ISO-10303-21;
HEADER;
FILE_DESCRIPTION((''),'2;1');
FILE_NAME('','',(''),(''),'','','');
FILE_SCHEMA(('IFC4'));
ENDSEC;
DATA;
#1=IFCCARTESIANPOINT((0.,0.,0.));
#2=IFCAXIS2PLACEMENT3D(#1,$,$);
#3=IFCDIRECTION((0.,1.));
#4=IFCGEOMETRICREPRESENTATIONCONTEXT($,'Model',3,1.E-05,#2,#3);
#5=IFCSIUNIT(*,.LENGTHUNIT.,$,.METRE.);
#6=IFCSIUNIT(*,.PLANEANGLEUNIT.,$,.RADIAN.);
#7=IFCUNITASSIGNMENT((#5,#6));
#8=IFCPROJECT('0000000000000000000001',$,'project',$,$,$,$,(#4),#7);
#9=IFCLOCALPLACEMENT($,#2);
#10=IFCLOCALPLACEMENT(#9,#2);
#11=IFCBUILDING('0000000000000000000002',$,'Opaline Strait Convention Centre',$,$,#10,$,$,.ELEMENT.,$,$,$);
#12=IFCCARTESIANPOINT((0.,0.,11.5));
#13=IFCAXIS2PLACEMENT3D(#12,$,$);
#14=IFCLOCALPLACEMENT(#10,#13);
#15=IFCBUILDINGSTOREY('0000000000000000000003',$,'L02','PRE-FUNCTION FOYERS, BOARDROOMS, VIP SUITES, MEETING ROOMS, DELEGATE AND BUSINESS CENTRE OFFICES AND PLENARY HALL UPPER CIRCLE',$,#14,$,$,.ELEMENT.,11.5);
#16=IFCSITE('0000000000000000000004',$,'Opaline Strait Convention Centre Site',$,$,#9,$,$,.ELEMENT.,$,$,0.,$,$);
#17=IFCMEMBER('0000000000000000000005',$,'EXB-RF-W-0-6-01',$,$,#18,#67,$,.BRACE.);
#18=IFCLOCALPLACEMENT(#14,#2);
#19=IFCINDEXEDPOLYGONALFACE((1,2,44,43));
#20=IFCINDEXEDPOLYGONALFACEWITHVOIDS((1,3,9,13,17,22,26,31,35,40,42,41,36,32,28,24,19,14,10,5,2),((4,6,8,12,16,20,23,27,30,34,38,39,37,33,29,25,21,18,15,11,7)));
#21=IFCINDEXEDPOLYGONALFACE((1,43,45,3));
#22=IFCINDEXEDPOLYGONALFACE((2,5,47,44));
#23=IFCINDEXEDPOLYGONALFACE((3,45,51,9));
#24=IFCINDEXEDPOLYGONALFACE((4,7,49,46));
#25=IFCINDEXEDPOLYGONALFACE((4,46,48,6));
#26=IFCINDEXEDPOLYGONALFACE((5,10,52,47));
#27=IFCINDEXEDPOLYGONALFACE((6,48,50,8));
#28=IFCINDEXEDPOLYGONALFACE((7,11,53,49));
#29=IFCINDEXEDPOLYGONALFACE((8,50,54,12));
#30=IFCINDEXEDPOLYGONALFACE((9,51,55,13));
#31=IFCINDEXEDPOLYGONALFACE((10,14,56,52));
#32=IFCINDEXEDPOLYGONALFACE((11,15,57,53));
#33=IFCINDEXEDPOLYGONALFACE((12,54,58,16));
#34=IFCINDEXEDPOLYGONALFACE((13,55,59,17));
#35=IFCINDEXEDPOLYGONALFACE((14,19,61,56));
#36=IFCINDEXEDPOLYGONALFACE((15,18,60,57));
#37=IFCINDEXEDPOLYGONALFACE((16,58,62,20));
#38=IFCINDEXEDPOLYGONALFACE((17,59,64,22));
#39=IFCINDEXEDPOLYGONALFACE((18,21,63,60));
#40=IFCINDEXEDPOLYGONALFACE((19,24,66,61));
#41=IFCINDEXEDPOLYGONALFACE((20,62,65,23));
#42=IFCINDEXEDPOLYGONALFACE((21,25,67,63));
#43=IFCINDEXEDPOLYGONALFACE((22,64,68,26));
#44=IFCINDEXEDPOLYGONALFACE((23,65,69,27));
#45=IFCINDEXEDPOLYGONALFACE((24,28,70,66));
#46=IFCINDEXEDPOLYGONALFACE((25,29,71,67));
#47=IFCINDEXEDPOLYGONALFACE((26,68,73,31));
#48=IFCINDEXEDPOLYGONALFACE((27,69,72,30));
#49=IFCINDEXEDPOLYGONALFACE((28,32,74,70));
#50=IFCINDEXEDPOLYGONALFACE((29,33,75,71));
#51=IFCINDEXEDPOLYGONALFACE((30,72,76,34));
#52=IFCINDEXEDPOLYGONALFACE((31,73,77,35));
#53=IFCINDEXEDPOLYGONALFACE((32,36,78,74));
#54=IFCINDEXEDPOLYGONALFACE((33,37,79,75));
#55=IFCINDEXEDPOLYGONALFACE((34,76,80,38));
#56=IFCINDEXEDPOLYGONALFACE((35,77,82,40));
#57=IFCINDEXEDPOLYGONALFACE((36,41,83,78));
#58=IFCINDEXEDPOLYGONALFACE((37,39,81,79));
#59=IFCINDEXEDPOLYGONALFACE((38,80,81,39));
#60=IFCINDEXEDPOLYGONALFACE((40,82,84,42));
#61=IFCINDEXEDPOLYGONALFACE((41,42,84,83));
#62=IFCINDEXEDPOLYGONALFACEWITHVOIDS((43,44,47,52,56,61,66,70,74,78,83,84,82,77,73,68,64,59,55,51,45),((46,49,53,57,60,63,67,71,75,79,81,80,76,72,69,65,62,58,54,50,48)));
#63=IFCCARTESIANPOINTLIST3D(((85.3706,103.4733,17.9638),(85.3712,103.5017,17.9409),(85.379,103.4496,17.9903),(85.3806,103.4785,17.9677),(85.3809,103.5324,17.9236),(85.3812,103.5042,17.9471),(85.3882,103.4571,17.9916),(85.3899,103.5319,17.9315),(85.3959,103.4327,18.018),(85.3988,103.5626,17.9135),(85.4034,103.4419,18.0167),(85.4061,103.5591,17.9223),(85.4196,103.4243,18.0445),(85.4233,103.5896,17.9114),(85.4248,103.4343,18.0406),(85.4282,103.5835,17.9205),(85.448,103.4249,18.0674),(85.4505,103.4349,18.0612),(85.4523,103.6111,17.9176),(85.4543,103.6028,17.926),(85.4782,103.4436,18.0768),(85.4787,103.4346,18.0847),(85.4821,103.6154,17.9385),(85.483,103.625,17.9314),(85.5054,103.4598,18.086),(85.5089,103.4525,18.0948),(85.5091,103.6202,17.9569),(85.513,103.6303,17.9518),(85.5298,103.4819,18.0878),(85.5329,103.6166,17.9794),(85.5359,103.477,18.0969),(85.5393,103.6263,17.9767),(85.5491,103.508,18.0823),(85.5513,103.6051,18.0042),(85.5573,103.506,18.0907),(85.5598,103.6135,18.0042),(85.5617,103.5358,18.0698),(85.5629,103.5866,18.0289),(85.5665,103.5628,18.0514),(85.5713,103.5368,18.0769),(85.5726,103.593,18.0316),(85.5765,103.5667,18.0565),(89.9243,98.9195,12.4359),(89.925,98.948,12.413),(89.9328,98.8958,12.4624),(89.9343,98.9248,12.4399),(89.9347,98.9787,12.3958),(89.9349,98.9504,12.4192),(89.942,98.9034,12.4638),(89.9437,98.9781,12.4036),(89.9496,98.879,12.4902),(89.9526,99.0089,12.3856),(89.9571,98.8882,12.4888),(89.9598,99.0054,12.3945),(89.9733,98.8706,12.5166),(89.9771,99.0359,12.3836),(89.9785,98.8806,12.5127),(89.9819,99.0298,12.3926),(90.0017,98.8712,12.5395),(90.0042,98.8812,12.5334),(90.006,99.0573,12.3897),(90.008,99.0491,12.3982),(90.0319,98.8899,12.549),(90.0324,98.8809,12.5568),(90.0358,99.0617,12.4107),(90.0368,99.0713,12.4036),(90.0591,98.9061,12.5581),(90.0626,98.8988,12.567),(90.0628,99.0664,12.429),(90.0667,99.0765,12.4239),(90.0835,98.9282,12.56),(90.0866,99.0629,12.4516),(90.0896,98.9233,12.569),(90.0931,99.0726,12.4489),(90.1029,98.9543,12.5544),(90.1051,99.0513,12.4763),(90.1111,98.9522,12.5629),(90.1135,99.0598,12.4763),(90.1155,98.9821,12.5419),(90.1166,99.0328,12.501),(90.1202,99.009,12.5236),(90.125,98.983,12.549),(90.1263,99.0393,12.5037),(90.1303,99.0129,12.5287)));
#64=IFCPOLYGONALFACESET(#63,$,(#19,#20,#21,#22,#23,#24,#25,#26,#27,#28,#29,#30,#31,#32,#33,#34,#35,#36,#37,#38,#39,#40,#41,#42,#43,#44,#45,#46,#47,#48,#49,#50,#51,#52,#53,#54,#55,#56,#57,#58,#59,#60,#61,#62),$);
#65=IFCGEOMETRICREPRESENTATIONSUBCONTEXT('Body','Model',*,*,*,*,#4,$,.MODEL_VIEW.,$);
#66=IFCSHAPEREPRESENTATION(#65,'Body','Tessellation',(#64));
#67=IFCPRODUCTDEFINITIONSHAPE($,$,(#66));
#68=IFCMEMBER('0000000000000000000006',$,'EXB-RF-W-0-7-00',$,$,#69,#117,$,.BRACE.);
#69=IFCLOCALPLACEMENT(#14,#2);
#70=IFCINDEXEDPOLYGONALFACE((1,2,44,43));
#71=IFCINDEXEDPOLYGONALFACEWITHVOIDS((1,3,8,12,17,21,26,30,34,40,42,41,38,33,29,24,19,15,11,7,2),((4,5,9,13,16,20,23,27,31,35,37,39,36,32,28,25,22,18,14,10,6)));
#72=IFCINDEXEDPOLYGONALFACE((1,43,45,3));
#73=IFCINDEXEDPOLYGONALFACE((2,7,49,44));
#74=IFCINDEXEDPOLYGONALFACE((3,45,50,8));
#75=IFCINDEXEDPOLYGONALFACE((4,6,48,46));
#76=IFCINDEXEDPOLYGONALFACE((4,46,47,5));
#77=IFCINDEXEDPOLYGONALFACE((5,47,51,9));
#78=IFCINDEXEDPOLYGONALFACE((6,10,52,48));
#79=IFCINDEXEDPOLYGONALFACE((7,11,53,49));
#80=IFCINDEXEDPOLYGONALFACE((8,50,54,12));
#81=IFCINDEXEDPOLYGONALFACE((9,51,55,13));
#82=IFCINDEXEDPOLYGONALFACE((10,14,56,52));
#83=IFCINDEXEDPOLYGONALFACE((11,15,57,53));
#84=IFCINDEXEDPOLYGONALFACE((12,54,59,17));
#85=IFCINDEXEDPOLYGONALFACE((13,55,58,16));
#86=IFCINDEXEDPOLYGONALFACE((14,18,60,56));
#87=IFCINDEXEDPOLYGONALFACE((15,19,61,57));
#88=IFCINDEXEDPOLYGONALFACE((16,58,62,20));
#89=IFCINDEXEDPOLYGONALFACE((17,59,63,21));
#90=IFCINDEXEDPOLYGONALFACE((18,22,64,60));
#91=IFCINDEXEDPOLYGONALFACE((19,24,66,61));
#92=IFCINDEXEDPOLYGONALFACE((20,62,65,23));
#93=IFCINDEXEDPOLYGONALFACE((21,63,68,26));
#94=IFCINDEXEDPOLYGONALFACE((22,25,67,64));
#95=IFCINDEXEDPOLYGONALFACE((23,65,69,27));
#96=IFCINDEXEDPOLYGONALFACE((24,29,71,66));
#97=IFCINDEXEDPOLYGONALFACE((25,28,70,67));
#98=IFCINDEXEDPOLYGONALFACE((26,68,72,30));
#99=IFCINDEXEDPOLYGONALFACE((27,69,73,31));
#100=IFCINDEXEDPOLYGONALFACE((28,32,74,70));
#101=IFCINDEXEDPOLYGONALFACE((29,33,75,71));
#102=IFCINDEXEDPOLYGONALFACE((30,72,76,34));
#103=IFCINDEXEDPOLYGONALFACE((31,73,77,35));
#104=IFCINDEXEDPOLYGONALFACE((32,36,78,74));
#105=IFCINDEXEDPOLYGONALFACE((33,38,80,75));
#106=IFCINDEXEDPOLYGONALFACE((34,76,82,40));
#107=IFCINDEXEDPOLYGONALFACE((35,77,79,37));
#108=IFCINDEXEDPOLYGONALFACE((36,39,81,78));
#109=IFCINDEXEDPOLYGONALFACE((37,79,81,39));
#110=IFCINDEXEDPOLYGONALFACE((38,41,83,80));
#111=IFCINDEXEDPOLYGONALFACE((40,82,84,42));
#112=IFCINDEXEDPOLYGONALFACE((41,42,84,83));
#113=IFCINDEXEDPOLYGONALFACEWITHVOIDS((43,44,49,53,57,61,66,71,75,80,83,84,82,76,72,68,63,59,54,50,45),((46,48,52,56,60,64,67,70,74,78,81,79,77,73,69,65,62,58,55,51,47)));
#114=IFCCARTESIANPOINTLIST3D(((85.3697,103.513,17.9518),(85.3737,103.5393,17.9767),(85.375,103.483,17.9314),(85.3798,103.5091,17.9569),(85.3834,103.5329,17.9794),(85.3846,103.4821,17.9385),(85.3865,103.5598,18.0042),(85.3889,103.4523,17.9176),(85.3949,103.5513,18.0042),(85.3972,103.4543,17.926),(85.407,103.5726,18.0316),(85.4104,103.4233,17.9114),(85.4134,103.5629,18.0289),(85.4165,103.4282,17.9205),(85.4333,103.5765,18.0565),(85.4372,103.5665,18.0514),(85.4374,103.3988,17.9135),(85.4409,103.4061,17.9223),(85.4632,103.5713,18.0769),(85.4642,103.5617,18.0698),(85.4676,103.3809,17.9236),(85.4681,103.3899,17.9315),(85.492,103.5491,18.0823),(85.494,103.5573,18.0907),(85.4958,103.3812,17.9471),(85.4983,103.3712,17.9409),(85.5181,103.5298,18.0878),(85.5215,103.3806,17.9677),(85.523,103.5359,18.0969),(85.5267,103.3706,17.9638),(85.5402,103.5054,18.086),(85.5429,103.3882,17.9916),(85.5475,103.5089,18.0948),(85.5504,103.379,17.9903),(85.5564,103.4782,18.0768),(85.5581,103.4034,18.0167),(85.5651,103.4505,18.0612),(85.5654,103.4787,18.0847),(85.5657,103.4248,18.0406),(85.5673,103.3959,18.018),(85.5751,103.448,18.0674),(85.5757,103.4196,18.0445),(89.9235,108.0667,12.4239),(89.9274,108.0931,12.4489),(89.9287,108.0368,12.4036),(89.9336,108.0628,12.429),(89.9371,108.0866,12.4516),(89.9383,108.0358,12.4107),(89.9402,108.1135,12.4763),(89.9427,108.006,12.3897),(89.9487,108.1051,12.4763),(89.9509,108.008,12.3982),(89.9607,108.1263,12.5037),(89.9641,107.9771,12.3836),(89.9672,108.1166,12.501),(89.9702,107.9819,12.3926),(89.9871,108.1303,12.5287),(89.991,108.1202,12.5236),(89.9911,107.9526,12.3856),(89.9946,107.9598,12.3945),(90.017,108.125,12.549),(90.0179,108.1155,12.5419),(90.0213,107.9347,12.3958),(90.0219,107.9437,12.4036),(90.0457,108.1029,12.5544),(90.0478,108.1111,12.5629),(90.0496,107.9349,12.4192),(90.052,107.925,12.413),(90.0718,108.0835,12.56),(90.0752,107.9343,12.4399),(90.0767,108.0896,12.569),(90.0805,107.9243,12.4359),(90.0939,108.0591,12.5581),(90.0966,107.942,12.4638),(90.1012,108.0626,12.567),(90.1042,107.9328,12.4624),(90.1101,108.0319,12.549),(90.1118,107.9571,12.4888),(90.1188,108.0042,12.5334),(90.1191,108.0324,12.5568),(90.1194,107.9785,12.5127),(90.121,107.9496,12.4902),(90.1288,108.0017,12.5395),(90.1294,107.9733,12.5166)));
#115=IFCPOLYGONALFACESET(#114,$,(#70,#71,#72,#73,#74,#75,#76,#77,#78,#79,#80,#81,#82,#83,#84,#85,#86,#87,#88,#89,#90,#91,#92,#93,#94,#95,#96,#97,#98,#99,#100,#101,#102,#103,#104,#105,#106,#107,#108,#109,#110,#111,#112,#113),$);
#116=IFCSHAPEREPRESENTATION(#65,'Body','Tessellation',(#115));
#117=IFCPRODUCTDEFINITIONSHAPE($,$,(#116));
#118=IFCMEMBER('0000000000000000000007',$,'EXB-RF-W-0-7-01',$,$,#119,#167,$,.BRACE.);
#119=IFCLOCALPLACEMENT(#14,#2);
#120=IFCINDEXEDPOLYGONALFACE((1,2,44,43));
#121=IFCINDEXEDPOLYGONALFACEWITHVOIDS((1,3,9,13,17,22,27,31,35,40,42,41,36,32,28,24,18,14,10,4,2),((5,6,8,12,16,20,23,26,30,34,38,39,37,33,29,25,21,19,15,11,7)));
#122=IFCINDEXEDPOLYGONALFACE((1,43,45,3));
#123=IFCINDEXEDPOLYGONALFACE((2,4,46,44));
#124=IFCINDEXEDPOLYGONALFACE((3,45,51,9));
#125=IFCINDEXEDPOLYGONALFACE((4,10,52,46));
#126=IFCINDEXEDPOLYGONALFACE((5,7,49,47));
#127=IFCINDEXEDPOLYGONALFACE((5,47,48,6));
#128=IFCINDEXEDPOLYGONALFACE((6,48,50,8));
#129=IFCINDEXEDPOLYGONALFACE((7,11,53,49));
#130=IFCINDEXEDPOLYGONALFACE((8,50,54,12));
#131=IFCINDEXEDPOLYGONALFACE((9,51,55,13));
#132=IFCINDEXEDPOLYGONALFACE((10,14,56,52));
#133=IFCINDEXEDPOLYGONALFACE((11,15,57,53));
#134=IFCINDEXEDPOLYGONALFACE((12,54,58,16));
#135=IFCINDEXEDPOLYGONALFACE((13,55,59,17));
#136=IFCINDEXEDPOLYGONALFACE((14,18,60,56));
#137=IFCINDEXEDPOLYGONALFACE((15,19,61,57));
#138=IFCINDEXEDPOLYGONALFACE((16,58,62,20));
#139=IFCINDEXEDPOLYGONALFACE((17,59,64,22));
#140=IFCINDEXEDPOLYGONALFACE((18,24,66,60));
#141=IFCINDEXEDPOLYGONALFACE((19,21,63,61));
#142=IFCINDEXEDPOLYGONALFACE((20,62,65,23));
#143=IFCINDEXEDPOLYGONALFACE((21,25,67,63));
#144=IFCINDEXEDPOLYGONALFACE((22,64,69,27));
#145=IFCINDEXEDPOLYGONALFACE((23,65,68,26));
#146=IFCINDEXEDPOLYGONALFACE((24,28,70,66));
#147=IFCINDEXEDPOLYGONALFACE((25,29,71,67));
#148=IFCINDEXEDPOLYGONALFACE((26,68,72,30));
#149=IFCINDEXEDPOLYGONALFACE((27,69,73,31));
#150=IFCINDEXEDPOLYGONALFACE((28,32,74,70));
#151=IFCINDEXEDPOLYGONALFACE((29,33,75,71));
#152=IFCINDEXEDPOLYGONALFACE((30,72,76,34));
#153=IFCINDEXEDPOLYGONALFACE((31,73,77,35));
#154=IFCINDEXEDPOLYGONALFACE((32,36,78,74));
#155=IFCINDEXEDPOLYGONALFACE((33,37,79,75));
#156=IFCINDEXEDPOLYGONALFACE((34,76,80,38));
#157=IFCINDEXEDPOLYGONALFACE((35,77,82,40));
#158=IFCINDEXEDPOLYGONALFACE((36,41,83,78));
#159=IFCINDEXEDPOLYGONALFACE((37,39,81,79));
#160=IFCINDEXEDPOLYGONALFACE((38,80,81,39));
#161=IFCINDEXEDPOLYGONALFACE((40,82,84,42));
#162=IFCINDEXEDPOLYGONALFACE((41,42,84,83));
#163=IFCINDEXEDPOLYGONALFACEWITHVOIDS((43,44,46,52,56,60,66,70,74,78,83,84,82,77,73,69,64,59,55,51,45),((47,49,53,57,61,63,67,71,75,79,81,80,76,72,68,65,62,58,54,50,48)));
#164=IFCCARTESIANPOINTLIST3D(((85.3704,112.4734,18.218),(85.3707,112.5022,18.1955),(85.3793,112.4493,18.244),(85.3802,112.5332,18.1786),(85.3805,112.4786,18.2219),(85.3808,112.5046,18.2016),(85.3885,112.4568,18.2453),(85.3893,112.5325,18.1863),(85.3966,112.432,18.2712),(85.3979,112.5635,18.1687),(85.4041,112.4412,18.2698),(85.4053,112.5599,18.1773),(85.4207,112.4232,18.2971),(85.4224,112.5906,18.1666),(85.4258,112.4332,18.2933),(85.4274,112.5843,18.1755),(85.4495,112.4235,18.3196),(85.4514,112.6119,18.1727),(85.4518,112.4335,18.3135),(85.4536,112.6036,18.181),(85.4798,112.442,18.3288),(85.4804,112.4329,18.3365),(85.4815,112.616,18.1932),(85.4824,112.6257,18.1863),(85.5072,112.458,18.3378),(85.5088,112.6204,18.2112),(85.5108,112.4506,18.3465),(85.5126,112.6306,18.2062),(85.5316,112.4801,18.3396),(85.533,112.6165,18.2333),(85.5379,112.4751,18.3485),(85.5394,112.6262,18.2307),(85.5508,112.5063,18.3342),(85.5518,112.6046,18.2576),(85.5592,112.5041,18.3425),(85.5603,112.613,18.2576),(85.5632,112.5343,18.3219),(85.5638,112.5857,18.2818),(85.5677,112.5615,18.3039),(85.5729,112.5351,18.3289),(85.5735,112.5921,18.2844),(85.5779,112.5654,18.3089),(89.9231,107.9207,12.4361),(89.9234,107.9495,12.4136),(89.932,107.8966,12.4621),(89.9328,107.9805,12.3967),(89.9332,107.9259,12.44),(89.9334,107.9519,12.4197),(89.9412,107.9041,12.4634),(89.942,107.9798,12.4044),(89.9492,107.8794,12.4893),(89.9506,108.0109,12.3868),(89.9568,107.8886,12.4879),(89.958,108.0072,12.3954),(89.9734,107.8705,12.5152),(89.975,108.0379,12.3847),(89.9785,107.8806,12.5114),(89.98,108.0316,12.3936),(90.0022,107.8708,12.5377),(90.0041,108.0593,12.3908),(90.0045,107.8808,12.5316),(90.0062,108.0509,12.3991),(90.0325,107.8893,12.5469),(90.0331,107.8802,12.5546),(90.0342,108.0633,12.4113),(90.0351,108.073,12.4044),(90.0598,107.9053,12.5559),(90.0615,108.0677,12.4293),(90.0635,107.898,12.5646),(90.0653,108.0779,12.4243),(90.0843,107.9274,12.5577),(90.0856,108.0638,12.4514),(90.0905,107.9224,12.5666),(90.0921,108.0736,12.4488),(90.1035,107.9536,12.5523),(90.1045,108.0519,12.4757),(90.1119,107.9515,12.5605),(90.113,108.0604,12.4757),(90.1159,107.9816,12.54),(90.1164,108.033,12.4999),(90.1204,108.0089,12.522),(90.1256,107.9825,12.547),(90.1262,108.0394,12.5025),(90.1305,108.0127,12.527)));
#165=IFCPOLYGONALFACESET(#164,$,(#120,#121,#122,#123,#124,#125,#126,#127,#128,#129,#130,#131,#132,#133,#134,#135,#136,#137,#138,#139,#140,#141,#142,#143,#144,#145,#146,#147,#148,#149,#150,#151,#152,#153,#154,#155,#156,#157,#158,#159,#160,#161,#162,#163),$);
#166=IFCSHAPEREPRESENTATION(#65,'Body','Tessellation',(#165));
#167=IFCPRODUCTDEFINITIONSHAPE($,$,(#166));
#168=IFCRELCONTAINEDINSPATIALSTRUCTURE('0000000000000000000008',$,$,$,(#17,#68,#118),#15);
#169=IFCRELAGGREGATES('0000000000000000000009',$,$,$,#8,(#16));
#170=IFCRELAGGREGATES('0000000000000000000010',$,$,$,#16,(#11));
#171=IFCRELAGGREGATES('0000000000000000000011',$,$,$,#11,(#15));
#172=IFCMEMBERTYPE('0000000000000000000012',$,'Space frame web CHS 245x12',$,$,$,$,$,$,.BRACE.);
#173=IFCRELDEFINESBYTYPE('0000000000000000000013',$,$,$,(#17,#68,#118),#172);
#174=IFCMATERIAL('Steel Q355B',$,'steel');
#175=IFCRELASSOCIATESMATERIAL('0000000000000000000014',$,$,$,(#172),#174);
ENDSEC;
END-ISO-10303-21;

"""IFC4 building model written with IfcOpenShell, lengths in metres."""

from ifc_helpers import new_model, si_unit, direction, frame, origin, origin_2d, place, context, subcontext, project, spatial, hollow_circle, extrude, material, material_profile, profile_set, type_object, element, save


model = new_model("IFC4")

# Units and contexts
model_context = context("Model", 3, precision=1e-05, world=origin(), true_north=direction((0.0, 1.0)))
body_context = subcontext(model_context, "Body", "Model", "MODEL_VIEW")
ifc_project = project(units=[si_unit("LENGTHUNIT", "METRE"), si_unit("PLANEANGLEUNIT", "RADIAN")], contexts=[model_context])

# Site, building, storey
site_placement = place(None, origin())
site = spatial("IfcSite", under=ifc_project, at=site_placement, Name="Opaline Strait Convention Centre Site", CompositionType="ELEMENT", RefElevation=0.0)
building_placement = place(site_placement, origin())
building = spatial("IfcBuilding", under=site, at=building_placement, Name="Opaline Strait Convention Centre", CompositionType="ELEMENT")
storey_placement = place(building_placement, frame((0.0, 0.0, 11.5)))
storey = spatial("IfcBuildingStorey", under=building, at=storey_placement, Name="L02", Description="PRE-FUNCTION FOYERS, BOARDROOMS, VIP SUITES, MEETING ROOMS, DELEGATE AND BUSINESS CENTRE OFFICES AND PLENARY HALL UPPER CIRCLE", CompositionType="ELEMENT", Elevation=11.5)

# Members
ifc_material_1 = material(Name="Steel Q355B", Category="steel")
ifc_material_profile_1 = material_profile(ifc_material_1, hollow_circle(Radius=0.1226, WallThickness=0.012, at=origin_2d()), Name="CHS 245x12")
ifc_profile_set_1 = profile_set([ifc_material_profile_1], Name="Steel Q355B")
member_type_1 = type_object("IfcMemberType", Name="Space frame web CHS 245x12", PredefinedType="BRACE", material=ifc_profile_set_1)
for number, where, z_axis, x_axis, name in (
    (1, (85.4731, 103.5269, 18.0042), (0.53655, -0.53655, -0.651328), (0.707107, 0.707107, 0.0), "EXB-RF-W-0-6-01"),
    (2, (85.4731, 103.4731, 18.0042), (0.53655, 0.53655, -0.651328), (-0.707107, 0.707107, 0.0), "EXB-RF-W-0-7-00"),
):
    element("IfcMember", number, at=place(storey_placement, frame(where, z_axis=z_axis, x_axis=x_axis)), inside=storey, type_object=member_type_1, Name=name, PredefinedType="BRACE", context=body_context, shape_type="SweptSolid", body=[
        extrude(hollow_circle(Radius=0.1226, WallThickness=0.012, at=origin_2d()), origin(), (0.0, 0.0, 1.0), 8.4871),
    ])
member_1_placement = place(storey_placement, frame((85.4736, 112.5264, 18.2576), z_axis=(0.526104, -0.526104, -0.668153), x_axis=(0.707107, 0.707107, 0.0)))
element("IfcMember", 3, at=member_1_placement, inside=storey, type_object=member_type_1, Name="EXB-RF-W-0-7-01", PredefinedType="BRACE", context=body_context, shape_type="SweptSolid", body=[
    extrude(hollow_circle(Radius=0.1226, WallThickness=0.012, at=origin_2d()), origin(), (0.0, 0.0, 1.0), 8.6536),
])

save(model, "model.ifc")
